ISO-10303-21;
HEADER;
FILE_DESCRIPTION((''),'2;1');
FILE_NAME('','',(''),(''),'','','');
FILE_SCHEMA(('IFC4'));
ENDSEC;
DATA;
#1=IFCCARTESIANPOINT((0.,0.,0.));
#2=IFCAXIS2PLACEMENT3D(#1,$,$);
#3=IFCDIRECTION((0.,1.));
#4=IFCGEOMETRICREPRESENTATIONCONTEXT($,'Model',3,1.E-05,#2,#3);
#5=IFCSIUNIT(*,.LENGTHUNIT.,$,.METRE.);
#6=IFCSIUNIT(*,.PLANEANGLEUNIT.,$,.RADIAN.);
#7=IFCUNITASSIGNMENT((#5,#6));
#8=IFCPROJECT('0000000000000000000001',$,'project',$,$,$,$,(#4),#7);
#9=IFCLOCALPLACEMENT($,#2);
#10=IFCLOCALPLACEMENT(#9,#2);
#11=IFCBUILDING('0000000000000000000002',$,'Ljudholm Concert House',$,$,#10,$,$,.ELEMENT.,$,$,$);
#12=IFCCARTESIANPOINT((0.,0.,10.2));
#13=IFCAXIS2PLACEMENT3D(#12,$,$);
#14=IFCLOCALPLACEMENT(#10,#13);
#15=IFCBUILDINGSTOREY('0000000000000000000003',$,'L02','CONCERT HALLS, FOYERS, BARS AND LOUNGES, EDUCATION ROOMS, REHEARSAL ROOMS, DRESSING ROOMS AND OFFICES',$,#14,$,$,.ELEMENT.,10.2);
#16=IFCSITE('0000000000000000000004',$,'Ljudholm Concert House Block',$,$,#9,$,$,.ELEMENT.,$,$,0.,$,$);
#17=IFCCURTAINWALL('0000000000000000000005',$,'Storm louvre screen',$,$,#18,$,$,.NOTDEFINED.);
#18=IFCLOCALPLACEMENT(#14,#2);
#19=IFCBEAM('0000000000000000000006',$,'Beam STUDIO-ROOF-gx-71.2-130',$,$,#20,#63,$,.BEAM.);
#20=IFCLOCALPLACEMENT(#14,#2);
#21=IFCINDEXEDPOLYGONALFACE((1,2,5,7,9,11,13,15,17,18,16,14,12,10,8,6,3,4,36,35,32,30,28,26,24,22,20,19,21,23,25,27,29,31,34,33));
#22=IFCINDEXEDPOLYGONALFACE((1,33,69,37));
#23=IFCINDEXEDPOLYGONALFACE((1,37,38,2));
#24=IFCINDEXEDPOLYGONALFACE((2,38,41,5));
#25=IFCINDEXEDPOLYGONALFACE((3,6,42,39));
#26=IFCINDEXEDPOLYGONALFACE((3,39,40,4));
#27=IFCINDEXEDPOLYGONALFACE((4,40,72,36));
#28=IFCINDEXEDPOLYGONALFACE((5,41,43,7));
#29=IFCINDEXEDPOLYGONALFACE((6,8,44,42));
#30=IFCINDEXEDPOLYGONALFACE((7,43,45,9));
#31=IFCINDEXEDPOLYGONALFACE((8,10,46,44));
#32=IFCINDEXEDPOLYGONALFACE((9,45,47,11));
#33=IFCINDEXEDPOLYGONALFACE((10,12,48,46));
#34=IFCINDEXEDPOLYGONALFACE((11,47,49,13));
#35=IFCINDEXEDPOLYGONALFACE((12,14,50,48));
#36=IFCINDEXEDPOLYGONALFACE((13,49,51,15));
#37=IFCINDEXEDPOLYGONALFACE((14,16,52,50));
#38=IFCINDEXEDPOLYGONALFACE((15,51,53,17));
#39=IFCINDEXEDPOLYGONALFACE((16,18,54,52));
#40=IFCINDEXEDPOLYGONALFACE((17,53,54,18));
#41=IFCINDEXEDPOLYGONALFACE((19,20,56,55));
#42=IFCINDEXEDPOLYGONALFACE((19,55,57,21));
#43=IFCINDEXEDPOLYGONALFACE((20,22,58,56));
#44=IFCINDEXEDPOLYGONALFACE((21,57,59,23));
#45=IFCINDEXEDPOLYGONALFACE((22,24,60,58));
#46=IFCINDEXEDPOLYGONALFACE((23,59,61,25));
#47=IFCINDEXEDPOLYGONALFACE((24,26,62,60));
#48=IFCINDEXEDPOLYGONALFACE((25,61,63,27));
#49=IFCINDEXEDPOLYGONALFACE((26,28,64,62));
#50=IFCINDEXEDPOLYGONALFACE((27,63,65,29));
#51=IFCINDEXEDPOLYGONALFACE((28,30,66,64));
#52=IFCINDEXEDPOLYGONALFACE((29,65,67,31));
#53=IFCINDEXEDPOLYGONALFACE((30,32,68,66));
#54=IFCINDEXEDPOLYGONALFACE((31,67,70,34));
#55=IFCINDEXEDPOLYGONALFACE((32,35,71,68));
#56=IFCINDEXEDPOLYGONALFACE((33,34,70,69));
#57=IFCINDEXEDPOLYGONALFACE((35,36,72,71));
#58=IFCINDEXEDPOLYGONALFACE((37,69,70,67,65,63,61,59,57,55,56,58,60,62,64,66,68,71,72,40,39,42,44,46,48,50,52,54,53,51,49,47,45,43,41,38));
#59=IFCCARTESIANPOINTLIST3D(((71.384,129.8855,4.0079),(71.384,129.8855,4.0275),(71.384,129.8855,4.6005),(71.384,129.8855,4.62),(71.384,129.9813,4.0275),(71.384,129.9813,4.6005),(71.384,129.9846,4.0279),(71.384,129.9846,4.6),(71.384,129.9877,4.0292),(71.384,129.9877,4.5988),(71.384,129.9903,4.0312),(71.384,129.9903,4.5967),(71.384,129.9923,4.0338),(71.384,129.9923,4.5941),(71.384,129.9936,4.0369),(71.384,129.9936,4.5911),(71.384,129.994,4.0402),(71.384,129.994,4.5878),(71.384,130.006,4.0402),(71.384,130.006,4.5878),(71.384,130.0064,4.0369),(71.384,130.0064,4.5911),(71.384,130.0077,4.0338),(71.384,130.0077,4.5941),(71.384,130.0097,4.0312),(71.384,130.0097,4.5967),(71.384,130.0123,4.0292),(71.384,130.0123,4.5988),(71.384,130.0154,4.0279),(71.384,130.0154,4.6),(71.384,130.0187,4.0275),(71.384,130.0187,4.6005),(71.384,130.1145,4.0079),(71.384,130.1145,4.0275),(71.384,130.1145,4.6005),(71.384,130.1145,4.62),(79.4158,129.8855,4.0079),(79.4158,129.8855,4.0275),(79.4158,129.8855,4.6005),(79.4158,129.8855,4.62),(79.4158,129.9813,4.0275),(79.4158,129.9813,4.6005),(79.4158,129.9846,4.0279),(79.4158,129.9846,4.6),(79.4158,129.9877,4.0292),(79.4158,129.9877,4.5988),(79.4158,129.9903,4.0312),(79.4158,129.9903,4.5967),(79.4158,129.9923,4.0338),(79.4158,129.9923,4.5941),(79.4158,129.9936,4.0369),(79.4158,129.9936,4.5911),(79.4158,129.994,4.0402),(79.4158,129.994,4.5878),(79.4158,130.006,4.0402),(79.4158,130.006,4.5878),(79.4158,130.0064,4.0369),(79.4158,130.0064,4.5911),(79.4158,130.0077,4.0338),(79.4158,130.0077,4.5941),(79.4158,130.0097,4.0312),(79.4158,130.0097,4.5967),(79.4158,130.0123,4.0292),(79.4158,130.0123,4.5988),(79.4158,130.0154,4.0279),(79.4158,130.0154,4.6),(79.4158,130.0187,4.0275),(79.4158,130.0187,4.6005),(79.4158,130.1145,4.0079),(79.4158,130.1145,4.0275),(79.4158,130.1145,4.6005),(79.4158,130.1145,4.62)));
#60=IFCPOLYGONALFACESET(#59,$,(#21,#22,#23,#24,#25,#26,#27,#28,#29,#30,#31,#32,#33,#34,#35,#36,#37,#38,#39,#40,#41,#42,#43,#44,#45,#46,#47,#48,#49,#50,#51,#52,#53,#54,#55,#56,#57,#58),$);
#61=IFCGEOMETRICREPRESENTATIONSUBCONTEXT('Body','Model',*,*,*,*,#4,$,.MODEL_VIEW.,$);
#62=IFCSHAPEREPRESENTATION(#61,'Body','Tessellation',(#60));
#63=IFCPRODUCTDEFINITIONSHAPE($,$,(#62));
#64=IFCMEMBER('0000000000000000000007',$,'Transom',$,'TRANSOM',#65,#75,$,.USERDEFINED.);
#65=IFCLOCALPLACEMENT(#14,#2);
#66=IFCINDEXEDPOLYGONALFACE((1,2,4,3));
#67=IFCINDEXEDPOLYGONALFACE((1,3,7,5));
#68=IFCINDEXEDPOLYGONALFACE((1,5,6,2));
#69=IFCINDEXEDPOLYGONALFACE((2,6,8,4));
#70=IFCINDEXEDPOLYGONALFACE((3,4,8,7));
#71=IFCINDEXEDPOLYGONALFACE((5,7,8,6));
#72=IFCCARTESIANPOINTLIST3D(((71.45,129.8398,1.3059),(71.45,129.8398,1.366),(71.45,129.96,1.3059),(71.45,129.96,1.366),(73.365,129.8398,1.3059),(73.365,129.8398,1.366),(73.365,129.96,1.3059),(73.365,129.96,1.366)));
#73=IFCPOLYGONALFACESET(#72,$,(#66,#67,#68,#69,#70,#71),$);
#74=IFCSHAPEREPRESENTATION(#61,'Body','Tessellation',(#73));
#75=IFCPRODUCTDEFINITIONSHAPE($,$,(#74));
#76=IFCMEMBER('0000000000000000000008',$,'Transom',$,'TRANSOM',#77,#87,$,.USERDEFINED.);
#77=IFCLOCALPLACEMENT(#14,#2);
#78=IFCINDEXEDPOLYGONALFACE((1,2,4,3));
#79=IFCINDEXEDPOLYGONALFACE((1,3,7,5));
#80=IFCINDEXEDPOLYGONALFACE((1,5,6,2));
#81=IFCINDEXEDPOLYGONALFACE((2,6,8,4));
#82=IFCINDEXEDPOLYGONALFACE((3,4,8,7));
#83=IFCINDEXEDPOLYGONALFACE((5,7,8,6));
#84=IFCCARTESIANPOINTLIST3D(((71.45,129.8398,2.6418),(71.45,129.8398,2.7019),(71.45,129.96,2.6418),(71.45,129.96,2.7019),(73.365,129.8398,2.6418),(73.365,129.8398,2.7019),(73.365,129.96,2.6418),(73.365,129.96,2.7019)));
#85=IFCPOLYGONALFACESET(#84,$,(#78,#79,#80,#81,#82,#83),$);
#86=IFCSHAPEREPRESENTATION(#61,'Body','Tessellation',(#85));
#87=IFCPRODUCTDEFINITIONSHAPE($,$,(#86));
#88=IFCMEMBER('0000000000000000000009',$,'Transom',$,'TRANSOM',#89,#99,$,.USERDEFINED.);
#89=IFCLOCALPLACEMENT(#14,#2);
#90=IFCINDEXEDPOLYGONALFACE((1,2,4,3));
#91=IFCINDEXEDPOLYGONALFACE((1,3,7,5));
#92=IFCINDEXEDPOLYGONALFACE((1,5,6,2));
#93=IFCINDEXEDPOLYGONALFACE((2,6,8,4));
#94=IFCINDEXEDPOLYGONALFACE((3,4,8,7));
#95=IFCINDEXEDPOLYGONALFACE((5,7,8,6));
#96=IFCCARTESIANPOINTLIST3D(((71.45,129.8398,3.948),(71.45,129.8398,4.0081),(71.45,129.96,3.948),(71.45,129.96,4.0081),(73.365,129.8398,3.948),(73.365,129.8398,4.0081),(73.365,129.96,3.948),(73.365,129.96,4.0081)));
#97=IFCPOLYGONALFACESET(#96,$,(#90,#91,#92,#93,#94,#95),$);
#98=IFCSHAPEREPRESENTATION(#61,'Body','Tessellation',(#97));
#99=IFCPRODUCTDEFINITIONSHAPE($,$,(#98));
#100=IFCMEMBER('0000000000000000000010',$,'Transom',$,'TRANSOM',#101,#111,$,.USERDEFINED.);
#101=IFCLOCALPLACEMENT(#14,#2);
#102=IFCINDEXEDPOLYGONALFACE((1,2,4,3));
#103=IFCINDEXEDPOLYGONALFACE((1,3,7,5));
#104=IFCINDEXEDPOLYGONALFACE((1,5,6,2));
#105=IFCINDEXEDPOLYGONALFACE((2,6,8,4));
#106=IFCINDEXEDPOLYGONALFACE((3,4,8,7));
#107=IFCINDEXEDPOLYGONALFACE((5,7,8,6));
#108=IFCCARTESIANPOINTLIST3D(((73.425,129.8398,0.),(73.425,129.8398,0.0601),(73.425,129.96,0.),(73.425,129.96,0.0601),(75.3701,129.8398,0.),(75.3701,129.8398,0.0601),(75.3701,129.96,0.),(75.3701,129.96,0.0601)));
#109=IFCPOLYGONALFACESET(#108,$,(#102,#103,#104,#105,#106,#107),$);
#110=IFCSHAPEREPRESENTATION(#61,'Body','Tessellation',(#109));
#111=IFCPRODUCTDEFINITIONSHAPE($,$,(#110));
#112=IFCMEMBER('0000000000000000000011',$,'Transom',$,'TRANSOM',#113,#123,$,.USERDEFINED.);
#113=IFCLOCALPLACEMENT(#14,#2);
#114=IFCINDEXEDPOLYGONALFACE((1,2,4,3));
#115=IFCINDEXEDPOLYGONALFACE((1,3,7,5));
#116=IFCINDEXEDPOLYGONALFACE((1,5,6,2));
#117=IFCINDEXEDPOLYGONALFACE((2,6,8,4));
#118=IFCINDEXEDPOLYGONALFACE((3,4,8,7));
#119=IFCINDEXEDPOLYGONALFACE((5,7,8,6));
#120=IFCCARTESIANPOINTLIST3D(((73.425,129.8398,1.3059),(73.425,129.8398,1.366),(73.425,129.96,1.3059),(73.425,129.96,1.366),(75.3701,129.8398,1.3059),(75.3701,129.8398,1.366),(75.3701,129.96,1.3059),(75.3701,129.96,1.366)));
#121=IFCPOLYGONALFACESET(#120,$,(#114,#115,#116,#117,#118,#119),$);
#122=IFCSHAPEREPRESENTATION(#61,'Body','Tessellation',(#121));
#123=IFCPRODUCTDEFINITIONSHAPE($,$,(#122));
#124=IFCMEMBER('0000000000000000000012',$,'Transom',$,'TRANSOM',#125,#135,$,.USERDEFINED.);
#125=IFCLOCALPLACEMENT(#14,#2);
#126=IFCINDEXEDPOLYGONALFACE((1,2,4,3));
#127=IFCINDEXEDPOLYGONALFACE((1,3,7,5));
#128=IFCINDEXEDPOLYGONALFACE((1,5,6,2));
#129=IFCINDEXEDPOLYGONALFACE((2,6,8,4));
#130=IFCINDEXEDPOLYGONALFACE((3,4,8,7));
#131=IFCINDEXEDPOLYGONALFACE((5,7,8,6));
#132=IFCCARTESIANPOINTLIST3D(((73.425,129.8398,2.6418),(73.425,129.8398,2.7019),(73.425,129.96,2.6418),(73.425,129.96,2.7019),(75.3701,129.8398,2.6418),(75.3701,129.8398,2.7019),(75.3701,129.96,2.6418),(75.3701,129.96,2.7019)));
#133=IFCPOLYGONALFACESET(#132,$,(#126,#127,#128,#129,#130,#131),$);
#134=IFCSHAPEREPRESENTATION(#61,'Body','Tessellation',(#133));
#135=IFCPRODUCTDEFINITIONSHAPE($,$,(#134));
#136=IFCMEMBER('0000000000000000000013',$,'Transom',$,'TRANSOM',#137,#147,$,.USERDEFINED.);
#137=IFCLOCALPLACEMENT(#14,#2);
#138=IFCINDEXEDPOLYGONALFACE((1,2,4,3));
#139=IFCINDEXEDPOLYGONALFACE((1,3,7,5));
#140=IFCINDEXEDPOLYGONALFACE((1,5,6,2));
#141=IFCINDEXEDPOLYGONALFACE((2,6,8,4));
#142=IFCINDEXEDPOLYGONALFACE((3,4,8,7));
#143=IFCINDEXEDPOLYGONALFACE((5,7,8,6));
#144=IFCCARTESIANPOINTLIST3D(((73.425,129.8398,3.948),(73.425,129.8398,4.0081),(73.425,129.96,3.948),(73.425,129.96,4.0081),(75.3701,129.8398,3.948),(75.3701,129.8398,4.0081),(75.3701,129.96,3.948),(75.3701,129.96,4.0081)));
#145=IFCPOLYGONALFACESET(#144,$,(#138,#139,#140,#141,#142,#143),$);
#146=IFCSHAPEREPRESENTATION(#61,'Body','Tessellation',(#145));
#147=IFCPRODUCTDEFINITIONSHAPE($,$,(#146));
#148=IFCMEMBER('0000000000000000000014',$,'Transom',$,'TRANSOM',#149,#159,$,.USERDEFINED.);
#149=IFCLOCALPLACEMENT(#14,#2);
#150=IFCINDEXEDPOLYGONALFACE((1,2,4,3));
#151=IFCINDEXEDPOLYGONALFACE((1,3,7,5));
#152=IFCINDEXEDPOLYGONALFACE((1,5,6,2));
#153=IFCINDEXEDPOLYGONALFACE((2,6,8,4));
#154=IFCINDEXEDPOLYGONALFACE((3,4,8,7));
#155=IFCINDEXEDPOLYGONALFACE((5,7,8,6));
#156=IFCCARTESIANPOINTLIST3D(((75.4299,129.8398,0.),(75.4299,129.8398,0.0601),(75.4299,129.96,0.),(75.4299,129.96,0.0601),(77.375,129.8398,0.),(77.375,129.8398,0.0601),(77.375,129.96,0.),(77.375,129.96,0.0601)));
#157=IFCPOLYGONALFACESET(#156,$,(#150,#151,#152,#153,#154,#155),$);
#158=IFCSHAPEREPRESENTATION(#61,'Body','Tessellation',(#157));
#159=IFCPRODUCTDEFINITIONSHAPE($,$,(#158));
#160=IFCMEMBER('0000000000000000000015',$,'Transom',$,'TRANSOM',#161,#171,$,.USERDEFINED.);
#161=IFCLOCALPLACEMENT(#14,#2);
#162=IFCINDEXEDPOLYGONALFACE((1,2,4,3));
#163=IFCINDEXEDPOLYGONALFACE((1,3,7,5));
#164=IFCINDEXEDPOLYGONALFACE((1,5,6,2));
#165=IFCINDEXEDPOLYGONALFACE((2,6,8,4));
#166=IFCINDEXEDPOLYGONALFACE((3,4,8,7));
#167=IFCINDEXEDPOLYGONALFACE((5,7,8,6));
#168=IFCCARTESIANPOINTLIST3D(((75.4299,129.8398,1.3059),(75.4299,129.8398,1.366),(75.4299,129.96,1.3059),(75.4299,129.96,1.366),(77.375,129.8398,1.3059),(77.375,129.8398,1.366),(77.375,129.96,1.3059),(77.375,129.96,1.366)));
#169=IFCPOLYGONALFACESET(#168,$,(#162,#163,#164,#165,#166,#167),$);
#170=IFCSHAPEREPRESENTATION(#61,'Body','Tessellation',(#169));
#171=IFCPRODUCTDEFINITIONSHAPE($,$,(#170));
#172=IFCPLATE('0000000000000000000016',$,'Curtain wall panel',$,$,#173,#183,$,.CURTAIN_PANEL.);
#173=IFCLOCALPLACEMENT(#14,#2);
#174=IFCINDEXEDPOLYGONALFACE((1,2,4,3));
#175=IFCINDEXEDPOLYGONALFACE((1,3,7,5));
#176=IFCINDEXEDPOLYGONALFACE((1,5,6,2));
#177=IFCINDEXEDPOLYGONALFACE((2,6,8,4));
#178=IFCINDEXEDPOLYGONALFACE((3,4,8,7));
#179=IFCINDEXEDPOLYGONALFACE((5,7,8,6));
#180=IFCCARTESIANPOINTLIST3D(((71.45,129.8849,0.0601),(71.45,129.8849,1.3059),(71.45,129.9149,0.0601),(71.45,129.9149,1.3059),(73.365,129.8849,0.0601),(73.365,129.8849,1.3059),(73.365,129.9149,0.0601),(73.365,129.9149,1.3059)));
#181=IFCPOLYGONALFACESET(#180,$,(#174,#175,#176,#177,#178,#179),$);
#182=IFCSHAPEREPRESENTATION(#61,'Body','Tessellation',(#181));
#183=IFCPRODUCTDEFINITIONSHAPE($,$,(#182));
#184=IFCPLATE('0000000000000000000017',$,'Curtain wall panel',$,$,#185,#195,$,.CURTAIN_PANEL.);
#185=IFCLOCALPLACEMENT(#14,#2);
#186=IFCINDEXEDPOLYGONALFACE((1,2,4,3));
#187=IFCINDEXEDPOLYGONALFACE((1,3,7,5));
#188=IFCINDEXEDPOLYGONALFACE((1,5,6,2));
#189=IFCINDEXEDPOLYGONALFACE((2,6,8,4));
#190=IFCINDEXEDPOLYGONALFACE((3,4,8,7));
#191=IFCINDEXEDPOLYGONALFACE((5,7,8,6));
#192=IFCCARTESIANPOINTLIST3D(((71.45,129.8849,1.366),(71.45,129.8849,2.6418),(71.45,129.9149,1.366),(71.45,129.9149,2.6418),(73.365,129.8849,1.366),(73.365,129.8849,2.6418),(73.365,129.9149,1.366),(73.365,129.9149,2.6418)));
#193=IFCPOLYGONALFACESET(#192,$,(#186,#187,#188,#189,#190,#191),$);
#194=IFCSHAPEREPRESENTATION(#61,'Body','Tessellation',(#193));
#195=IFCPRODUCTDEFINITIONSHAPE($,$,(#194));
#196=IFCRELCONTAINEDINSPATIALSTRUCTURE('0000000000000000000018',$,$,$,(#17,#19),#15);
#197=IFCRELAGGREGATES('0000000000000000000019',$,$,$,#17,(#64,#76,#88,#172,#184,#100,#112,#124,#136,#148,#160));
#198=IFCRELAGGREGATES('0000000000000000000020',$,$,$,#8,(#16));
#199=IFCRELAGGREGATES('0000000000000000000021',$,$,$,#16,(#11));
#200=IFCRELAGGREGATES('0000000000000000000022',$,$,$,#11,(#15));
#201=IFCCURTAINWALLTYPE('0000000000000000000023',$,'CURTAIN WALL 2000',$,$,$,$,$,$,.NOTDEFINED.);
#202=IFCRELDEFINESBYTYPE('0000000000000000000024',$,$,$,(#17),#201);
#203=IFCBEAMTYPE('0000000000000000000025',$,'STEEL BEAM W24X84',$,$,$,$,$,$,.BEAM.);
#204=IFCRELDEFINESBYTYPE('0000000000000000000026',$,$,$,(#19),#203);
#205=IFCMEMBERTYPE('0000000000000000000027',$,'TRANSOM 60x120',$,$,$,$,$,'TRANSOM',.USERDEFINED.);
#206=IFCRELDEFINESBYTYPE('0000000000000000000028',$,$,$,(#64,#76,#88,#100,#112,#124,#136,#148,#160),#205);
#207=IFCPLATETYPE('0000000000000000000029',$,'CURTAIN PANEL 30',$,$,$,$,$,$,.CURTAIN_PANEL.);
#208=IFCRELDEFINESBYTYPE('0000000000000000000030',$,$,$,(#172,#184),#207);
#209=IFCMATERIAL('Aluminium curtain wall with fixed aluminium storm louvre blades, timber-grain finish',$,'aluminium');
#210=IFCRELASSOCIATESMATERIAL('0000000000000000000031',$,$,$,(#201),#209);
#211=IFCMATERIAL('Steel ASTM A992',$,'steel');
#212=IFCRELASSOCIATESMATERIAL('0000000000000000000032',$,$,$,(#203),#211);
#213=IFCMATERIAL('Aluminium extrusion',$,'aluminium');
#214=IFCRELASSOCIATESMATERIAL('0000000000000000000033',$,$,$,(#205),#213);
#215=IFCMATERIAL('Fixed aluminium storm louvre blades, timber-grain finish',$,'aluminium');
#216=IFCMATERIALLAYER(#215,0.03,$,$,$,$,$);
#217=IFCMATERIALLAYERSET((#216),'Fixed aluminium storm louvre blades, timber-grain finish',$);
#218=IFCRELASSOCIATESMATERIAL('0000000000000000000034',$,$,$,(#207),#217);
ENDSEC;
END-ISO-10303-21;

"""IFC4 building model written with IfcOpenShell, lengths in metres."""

from ifc_helpers import new_model, si_unit, direction, frame, origin, origin_2d, place, context, subcontext, project, spatial, rectangle, i_section, extrude, material, layer, layer_set, material_profile, profile_set, type_object, element, aggregate, save


model = new_model("IFC4")

# Units and contexts
model_context = context("Model", 3, precision=1e-05, world=origin(), true_north=direction((0.0, 1.0)))
body_context = subcontext(model_context, "Body", "Model", "MODEL_VIEW")
ifc_project = project(units=[si_unit("LENGTHUNIT", "METRE"), si_unit("PLANEANGLEUNIT", "RADIAN")], contexts=[model_context])

# Site, building, storey
site_placement = place(None, origin())
site = spatial("IfcSite", under=ifc_project, at=site_placement, Name="Ljudholm Concert House Block", CompositionType="ELEMENT", RefElevation=0.0)
building_placement = place(site_placement, origin())
building = spatial("IfcBuilding", under=site, at=building_placement, Name="Ljudholm Concert House", CompositionType="ELEMENT")
storey_placement = place(building_placement, frame((0.0, 0.0, 10.2)))
storey = spatial("IfcBuildingStorey", under=building, at=storey_placement, Name="L02", Description="CONCERT HALLS, FOYERS, BARS AND LOUNGES, EDUCATION ROOMS, REHEARSAL ROOMS, DRESSING ROOMS AND OFFICES", CompositionType="ELEMENT", Elevation=10.2)

# Curtain wall
ifc_material_1 = material(Name="Aluminium curtain wall with fixed aluminium storm louvre blades, timber-grain finish", Category="aluminium")
curtain_wall_type = type_object("IfcCurtainWallType", Name="CURTAIN WALL 2000", PredefinedType="NOTDEFINED", material=ifc_material_1)
curtain_wall_placement = place(storey_placement, origin())
curtain_wall = element("IfcCurtainWall", 1, at=curtain_wall_placement, inside=storey, type_object=curtain_wall_type, Name="Storm louvre screen", PredefinedType="NOTDEFINED")

# Beam
ifc_material_2 = material(Name="Steel ASTM A992", Category="steel")
ifc_material_profile_1 = material_profile(ifc_material_2, i_section(OverallWidth=0.229, OverallDepth=0.6121, WebThickness=0.012, FlangeThickness=0.0195, FilletRadius=0.0127, at=origin_2d()), Name="W24X84")
ifc_profile_set_1 = profile_set([ifc_material_profile_1], Name="Steel ASTM A992")
beam_type_1 = type_object("IfcBeamType", Name="STEEL BEAM W24X84", PredefinedType="BEAM", material=ifc_profile_set_1)
beam_1_placement = place(storey_placement, frame((71.384, 130.0, 4.314), z_axis=(1.0, 0.0, 0.0), x_axis=(0.0, 1.0, 0.0)))
element("IfcBeam", 2, at=beam_1_placement, inside=storey, type_object=beam_type_1, Name="Beam STUDIO-ROOF-gx-71.2-130", PredefinedType="BEAM", context=body_context, shape_type="SweptSolid", body=[
    extrude(i_section(OverallWidth=0.229, OverallDepth=0.6121, WebThickness=0.012, FlangeThickness=0.0195, FilletRadius=0.0127, at=origin_2d()), origin(), (0.0, 0.0, 1.0), 8.0317),
])

# Members
ifc_material_3 = material(Name="Aluminium extrusion", Category="aluminium")
ifc_material_profile_2 = material_profile(ifc_material_3, rectangle(XDim=0.1201, YDim=0.0601, at=origin_2d()), Name="TRANSOM 60x120")
ifc_profile_set_2 = profile_set([ifc_material_profile_2], Name="Aluminium extrusion")
member_type_1 = type_object("IfcMemberType", Name="TRANSOM 60x120", ElementType="TRANSOM", PredefinedType="USERDEFINED", material=ifc_profile_set_2)
member_1_placement = place(storey_placement, frame((71.45, 129.8999, 1.3359), z_axis=(1.0, 0.0, 0.0), x_axis=(0.0, 1.0, 0.0)))
member_1 = element("IfcMember", 3, at=member_1_placement, type_object=member_type_1, Name="Transom", ObjectType="TRANSOM", PredefinedType="USERDEFINED", context=body_context, shape_type="SweptSolid", body=[
    extrude(rectangle(XDim=0.1201, YDim=0.0601, at=origin_2d()), origin(), (0.0, 0.0, 1.0), 1.915),
])
member_2_placement = place(storey_placement, frame((71.45, 129.8999, 2.6719), z_axis=(1.0, 0.0, 0.0), x_axis=(0.0, 1.0, 0.0)))
member_2 = element("IfcMember", 4, at=member_2_placement, type_object=member_type_1, Name="Transom", ObjectType="TRANSOM", PredefinedType="USERDEFINED", context=body_context, shape_type="SweptSolid", body=[
    extrude(rectangle(XDim=0.1201, YDim=0.0601, at=origin_2d()), origin(), (0.0, 0.0, 1.0), 1.915),
])
member_3_placement = place(storey_placement, frame((71.45, 129.8999, 3.978), z_axis=(1.0, 0.0, 0.0), x_axis=(0.0, 1.0, 0.0)))
member_3 = element("IfcMember", 5, at=member_3_placement, type_object=member_type_1, Name="Transom", ObjectType="TRANSOM", PredefinedType="USERDEFINED", context=body_context, shape_type="SweptSolid", body=[
    extrude(rectangle(XDim=0.1201, YDim=0.0601, at=origin_2d()), origin(), (0.0, 0.0, 1.0), 1.915),
])
member_4_placement = place(storey_placement, frame((73.425, 129.8999, 0.03), z_axis=(1.0, 0.0, 0.0), x_axis=(0.0, 1.0, 0.0)))
member_4 = element("IfcMember", 6, at=member_4_placement, type_object=member_type_1, Name="Transom", ObjectType="TRANSOM", PredefinedType="USERDEFINED", context=body_context, shape_type="SweptSolid", body=[
    extrude(rectangle(XDim=0.1201, YDim=0.0601, at=origin_2d()), origin(), (0.0, 0.0, 1.0), 1.9451),
])
member_5_placement = place(storey_placement, frame((73.425, 129.8999, 1.3359), z_axis=(1.0, 0.0, 0.0), x_axis=(0.0, 1.0, 0.0)))
member_5 = element("IfcMember", 7, at=member_5_placement, type_object=member_type_1, Name="Transom", ObjectType="TRANSOM", PredefinedType="USERDEFINED", context=body_context, shape_type="SweptSolid", body=[
    extrude(rectangle(XDim=0.1201, YDim=0.0601, at=origin_2d()), origin(), (0.0, 0.0, 1.0), 1.9451),
])
member_6_placement = place(storey_placement, frame((73.425, 129.8999, 2.6719), z_axis=(1.0, 0.0, 0.0), x_axis=(0.0, 1.0, 0.0)))
member_6 = element("IfcMember", 8, at=member_6_placement, type_object=member_type_1, Name="Transom", ObjectType="TRANSOM", PredefinedType="USERDEFINED", context=body_context, shape_type="SweptSolid", body=[
    extrude(rectangle(XDim=0.1201, YDim=0.0601, at=origin_2d()), origin(), (0.0, 0.0, 1.0), 1.9451),
])
member_7_placement = place(storey_placement, frame((73.425, 129.8999, 3.978), z_axis=(1.0, 0.0, 0.0), x_axis=(0.0, 1.0, 0.0)))
member_7 = element("IfcMember", 9, at=member_7_placement, type_object=member_type_1, Name="Transom", ObjectType="TRANSOM", PredefinedType="USERDEFINED", context=body_context, shape_type="SweptSolid", body=[
    extrude(rectangle(XDim=0.1201, YDim=0.0601, at=origin_2d()), origin(), (0.0, 0.0, 1.0), 1.9451),
])
member_8_placement = place(storey_placement, frame((75.4299, 129.8999, 0.03), z_axis=(1.0, 0.0, 0.0), x_axis=(0.0, 1.0, 0.0)))
member_8 = element("IfcMember", 10, at=member_8_placement, type_object=member_type_1, Name="Transom", ObjectType="TRANSOM", PredefinedType="USERDEFINED", context=body_context, shape_type="SweptSolid", body=[
    extrude(rectangle(XDim=0.1201, YDim=0.0601, at=origin_2d()), origin(), (0.0, 0.0, 1.0), 1.9451),
])
member_9_placement = place(storey_placement, frame((75.4299, 129.8999, 1.3359), z_axis=(1.0, 0.0, 0.0), x_axis=(0.0, 1.0, 0.0)))
member_9 = element("IfcMember", 11, at=member_9_placement, type_object=member_type_1, Name="Transom", ObjectType="TRANSOM", PredefinedType="USERDEFINED", context=body_context, shape_type="SweptSolid", body=[
    extrude(rectangle(XDim=0.1201, YDim=0.0601, at=origin_2d()), origin(), (0.0, 0.0, 1.0), 1.9451),
])

# Plates
ifc_material_4 = material(Name="Fixed aluminium storm louvre blades, timber-grain finish", Category="aluminium")
ifc_layer_1 = layer(ifc_material_4, 0.03)
ifc_layer_set_1 = layer_set([ifc_layer_1], Name="Fixed aluminium storm louvre blades, timber-grain finish")
plate_type = type_object("IfcPlateType", Name="CURTAIN PANEL 30", PredefinedType="CURTAIN_PANEL", material=ifc_layer_set_1)
plate_1_placement = place(storey_placement, frame((72.4075, 129.8999, 0.0601), z_axis=(0.0, 0.0, 1.0), x_axis=(1.0, 0.0, 0.0)))
plate_1 = element("IfcPlate", 12, at=plate_1_placement, type_object=plate_type, Name="Curtain wall panel", PredefinedType="CURTAIN_PANEL", context=body_context, shape_type="SweptSolid", body=[
    extrude(rectangle(XDim=1.915, YDim=0.03, at=origin_2d()), origin(), (0.0, 0.0, 1.0), 1.2458),
])
plate_2_placement = place(storey_placement, frame((72.4075, 129.8999, 1.366), z_axis=(0.0, 0.0, 1.0), x_axis=(1.0, 0.0, 0.0)))
plate_2 = element("IfcPlate", 13, at=plate_2_placement, type_object=plate_type, Name="Curtain wall panel", PredefinedType="CURTAIN_PANEL", context=body_context, shape_type="SweptSolid", body=[
    extrude(rectangle(XDim=1.915, YDim=0.03, at=origin_2d()), origin(), (0.0, 0.0, 1.0), 1.2759),
])
aggregate(curtain_wall, [member_1, member_2, member_3, plate_1, plate_2, member_4, member_5, member_6, member_7, member_8, member_9])

save(model, "model.ifc")
